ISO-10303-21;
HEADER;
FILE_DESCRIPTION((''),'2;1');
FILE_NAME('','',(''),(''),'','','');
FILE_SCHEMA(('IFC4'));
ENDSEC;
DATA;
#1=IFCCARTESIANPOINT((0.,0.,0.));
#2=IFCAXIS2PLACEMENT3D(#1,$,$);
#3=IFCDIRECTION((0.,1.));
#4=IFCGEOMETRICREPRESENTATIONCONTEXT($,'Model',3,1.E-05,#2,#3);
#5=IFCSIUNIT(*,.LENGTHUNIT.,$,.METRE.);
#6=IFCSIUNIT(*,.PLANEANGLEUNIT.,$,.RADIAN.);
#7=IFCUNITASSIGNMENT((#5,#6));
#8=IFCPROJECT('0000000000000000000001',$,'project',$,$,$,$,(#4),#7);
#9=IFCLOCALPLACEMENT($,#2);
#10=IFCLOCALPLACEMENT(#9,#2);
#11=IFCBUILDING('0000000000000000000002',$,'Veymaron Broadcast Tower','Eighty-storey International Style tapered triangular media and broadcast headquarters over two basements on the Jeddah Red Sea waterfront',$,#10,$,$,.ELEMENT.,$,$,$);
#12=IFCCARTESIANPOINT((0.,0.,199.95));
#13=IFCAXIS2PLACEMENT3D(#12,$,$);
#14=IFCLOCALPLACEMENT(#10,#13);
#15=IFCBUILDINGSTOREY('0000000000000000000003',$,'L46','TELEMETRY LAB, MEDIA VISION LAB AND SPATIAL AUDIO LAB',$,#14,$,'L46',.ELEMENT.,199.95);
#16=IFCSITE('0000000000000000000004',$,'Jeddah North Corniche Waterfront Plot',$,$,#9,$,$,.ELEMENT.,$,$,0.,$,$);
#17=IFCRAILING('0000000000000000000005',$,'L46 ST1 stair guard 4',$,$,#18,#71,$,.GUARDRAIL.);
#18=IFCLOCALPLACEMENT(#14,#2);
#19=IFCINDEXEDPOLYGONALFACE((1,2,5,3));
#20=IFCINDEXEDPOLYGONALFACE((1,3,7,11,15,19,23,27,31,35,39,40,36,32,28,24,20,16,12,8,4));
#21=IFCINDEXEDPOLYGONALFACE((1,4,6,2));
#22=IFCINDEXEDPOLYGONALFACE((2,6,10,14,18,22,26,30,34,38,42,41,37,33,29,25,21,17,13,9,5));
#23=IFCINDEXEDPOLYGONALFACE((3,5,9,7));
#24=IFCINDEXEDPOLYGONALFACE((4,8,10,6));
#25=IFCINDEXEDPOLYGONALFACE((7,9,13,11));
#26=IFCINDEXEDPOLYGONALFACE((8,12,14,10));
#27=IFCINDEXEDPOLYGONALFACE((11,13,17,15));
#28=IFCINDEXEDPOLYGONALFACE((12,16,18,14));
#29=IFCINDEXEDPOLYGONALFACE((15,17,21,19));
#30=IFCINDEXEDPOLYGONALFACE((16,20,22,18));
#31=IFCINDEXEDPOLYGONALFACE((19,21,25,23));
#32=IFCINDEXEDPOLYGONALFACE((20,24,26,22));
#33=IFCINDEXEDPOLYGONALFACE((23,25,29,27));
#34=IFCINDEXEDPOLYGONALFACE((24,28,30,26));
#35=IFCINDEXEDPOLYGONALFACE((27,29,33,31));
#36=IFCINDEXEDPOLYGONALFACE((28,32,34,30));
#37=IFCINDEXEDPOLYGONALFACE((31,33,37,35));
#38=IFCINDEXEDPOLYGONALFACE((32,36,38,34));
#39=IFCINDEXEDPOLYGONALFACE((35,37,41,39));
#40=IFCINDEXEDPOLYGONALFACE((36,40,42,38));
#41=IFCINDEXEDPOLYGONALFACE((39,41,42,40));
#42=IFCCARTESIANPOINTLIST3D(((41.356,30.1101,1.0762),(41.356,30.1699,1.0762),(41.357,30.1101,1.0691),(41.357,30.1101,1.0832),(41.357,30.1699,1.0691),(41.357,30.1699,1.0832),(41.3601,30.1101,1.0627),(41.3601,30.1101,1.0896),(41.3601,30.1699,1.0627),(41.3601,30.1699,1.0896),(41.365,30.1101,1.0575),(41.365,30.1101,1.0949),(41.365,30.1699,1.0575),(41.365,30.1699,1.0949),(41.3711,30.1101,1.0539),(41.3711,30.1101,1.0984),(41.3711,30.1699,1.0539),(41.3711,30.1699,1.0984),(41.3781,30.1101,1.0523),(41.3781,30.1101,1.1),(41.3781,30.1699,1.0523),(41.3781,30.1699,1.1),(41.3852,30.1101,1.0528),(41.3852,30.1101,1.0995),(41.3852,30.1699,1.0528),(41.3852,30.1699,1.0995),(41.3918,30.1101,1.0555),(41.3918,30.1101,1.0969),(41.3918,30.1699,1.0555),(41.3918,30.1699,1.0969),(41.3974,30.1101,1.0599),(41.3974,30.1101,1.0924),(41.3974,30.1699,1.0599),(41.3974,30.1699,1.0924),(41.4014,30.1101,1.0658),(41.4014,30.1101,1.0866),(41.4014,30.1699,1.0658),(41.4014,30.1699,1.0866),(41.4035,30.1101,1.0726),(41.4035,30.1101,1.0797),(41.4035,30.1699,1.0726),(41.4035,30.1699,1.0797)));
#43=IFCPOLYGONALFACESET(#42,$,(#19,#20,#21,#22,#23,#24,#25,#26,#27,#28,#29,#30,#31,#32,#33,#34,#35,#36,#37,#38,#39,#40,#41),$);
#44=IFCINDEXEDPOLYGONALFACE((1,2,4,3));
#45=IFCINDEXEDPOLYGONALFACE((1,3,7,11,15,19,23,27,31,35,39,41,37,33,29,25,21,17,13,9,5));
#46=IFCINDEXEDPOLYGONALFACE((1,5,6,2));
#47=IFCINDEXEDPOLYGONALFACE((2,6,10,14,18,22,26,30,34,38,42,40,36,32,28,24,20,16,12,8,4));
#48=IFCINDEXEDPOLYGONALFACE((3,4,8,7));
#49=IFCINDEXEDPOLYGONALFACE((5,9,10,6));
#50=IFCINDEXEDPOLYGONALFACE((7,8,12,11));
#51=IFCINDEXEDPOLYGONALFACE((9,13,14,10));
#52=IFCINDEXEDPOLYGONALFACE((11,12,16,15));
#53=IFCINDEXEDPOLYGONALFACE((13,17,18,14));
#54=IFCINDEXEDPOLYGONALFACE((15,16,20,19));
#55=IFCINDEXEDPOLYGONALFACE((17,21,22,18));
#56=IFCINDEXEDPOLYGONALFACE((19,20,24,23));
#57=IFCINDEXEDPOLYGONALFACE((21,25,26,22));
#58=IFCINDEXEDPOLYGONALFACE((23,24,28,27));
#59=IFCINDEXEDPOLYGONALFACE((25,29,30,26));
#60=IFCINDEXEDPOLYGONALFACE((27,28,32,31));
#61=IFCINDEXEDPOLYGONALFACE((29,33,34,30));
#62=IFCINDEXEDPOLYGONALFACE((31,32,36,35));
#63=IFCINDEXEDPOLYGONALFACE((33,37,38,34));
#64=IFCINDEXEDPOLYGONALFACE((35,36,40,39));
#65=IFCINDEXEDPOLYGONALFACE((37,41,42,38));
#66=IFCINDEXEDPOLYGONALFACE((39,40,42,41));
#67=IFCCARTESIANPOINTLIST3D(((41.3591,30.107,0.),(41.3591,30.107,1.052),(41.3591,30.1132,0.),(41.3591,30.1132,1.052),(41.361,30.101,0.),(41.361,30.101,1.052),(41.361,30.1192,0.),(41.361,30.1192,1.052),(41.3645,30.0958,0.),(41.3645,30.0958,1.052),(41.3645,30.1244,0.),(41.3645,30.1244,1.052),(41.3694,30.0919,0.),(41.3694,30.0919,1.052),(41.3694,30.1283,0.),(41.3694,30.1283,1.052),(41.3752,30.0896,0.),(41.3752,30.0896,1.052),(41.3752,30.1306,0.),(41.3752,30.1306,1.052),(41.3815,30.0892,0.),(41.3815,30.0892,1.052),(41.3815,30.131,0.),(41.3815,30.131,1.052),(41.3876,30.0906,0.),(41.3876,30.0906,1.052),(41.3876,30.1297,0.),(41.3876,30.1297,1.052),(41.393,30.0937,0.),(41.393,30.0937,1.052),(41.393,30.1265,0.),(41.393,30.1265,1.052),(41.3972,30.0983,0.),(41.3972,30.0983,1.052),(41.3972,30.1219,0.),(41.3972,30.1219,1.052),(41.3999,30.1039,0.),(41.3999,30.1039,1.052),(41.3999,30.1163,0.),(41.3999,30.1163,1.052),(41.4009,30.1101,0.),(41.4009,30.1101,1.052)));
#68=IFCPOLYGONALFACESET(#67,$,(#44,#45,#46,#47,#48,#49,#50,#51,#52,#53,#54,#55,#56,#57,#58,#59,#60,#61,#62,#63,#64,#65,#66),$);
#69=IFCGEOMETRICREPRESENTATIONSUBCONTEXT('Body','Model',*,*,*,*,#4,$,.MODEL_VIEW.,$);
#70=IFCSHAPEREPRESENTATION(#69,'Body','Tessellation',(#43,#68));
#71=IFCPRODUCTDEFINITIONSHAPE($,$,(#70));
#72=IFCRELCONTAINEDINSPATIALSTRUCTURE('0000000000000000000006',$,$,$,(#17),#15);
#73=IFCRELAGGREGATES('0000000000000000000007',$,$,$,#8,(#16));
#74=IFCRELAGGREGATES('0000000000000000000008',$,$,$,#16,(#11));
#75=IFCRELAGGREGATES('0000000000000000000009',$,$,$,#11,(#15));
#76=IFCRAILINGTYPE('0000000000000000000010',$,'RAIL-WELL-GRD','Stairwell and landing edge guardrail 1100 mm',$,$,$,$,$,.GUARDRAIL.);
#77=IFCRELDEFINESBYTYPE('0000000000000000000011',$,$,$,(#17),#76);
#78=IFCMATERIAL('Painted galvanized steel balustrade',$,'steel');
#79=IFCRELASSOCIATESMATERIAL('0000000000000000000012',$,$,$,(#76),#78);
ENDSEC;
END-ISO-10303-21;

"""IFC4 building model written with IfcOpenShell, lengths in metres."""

from ifc_helpers import new_model, si_unit, direction, frame, origin, origin_2d, place, context, subcontext, project, spatial, circle, extrude, material, type_object, element, save


model = new_model("IFC4")

# Units and contexts
model_context = context("Model", 3, precision=1e-05, world=origin(), true_north=direction((0.0, 1.0)))
body_context = subcontext(model_context, "Body", "Model", "MODEL_VIEW")
ifc_project = project(units=[si_unit("LENGTHUNIT", "METRE"), si_unit("PLANEANGLEUNIT", "RADIAN")], contexts=[model_context])

# Site, building, storey
site_placement = place(None, origin())
site = spatial("IfcSite", under=ifc_project, at=site_placement, Name="Jeddah North Corniche Waterfront Plot", CompositionType="ELEMENT", RefElevation=0.0)
building_placement = place(site_placement, origin())
building = spatial("IfcBuilding", under=site, at=building_placement, Name="Veymaron Broadcast Tower", Description="Eighty-storey International Style tapered triangular media and broadcast headquarters over two basements on the Jeddah Red Sea waterfront", CompositionType="ELEMENT")
storey_placement = place(building_placement, frame((0.0, 0.0, 199.95)))
storey = spatial("IfcBuildingStorey", under=building, at=storey_placement, Name="L46", Description="TELEMETRY LAB, MEDIA VISION LAB AND SPATIAL AUDIO LAB", LongName="L46", CompositionType="ELEMENT", Elevation=199.95)

# Railing
ifc_material_1 = material(Name="Painted galvanized steel balustrade", Category="steel")
railing_type_1 = type_object("IfcRailingType", Name="RAIL-WELL-GRD", Description="Stairwell and landing edge guardrail 1100 mm", PredefinedType="GUARDRAIL", material=ifc_material_1)
railing_1_placement = place(storey_placement, frame((41.3799, 30.1101, 0.0)))
element("IfcRailing", 1, at=railing_1_placement, inside=storey, type_object=railing_type_1, Name="L46 ST1 stair guard 4", PredefinedType="GUARDRAIL", context=body_context, shape_type="SweptSolid", body=[
    extrude(circle(Radius=0.0239, at=origin_2d()), frame((0.0, 0.0, 1.0762), z_axis=(0.0, 1.0, 0.0), x_axis=(-1.0, 0.0, 0.0)), (0.0, 0.0, 1.0), 0.0598),
    extrude(circle(Radius=0.021, at=origin_2d()), origin(), (0.0, 0.0, 1.0), 1.052),
])

save(model, "model.ifc")
